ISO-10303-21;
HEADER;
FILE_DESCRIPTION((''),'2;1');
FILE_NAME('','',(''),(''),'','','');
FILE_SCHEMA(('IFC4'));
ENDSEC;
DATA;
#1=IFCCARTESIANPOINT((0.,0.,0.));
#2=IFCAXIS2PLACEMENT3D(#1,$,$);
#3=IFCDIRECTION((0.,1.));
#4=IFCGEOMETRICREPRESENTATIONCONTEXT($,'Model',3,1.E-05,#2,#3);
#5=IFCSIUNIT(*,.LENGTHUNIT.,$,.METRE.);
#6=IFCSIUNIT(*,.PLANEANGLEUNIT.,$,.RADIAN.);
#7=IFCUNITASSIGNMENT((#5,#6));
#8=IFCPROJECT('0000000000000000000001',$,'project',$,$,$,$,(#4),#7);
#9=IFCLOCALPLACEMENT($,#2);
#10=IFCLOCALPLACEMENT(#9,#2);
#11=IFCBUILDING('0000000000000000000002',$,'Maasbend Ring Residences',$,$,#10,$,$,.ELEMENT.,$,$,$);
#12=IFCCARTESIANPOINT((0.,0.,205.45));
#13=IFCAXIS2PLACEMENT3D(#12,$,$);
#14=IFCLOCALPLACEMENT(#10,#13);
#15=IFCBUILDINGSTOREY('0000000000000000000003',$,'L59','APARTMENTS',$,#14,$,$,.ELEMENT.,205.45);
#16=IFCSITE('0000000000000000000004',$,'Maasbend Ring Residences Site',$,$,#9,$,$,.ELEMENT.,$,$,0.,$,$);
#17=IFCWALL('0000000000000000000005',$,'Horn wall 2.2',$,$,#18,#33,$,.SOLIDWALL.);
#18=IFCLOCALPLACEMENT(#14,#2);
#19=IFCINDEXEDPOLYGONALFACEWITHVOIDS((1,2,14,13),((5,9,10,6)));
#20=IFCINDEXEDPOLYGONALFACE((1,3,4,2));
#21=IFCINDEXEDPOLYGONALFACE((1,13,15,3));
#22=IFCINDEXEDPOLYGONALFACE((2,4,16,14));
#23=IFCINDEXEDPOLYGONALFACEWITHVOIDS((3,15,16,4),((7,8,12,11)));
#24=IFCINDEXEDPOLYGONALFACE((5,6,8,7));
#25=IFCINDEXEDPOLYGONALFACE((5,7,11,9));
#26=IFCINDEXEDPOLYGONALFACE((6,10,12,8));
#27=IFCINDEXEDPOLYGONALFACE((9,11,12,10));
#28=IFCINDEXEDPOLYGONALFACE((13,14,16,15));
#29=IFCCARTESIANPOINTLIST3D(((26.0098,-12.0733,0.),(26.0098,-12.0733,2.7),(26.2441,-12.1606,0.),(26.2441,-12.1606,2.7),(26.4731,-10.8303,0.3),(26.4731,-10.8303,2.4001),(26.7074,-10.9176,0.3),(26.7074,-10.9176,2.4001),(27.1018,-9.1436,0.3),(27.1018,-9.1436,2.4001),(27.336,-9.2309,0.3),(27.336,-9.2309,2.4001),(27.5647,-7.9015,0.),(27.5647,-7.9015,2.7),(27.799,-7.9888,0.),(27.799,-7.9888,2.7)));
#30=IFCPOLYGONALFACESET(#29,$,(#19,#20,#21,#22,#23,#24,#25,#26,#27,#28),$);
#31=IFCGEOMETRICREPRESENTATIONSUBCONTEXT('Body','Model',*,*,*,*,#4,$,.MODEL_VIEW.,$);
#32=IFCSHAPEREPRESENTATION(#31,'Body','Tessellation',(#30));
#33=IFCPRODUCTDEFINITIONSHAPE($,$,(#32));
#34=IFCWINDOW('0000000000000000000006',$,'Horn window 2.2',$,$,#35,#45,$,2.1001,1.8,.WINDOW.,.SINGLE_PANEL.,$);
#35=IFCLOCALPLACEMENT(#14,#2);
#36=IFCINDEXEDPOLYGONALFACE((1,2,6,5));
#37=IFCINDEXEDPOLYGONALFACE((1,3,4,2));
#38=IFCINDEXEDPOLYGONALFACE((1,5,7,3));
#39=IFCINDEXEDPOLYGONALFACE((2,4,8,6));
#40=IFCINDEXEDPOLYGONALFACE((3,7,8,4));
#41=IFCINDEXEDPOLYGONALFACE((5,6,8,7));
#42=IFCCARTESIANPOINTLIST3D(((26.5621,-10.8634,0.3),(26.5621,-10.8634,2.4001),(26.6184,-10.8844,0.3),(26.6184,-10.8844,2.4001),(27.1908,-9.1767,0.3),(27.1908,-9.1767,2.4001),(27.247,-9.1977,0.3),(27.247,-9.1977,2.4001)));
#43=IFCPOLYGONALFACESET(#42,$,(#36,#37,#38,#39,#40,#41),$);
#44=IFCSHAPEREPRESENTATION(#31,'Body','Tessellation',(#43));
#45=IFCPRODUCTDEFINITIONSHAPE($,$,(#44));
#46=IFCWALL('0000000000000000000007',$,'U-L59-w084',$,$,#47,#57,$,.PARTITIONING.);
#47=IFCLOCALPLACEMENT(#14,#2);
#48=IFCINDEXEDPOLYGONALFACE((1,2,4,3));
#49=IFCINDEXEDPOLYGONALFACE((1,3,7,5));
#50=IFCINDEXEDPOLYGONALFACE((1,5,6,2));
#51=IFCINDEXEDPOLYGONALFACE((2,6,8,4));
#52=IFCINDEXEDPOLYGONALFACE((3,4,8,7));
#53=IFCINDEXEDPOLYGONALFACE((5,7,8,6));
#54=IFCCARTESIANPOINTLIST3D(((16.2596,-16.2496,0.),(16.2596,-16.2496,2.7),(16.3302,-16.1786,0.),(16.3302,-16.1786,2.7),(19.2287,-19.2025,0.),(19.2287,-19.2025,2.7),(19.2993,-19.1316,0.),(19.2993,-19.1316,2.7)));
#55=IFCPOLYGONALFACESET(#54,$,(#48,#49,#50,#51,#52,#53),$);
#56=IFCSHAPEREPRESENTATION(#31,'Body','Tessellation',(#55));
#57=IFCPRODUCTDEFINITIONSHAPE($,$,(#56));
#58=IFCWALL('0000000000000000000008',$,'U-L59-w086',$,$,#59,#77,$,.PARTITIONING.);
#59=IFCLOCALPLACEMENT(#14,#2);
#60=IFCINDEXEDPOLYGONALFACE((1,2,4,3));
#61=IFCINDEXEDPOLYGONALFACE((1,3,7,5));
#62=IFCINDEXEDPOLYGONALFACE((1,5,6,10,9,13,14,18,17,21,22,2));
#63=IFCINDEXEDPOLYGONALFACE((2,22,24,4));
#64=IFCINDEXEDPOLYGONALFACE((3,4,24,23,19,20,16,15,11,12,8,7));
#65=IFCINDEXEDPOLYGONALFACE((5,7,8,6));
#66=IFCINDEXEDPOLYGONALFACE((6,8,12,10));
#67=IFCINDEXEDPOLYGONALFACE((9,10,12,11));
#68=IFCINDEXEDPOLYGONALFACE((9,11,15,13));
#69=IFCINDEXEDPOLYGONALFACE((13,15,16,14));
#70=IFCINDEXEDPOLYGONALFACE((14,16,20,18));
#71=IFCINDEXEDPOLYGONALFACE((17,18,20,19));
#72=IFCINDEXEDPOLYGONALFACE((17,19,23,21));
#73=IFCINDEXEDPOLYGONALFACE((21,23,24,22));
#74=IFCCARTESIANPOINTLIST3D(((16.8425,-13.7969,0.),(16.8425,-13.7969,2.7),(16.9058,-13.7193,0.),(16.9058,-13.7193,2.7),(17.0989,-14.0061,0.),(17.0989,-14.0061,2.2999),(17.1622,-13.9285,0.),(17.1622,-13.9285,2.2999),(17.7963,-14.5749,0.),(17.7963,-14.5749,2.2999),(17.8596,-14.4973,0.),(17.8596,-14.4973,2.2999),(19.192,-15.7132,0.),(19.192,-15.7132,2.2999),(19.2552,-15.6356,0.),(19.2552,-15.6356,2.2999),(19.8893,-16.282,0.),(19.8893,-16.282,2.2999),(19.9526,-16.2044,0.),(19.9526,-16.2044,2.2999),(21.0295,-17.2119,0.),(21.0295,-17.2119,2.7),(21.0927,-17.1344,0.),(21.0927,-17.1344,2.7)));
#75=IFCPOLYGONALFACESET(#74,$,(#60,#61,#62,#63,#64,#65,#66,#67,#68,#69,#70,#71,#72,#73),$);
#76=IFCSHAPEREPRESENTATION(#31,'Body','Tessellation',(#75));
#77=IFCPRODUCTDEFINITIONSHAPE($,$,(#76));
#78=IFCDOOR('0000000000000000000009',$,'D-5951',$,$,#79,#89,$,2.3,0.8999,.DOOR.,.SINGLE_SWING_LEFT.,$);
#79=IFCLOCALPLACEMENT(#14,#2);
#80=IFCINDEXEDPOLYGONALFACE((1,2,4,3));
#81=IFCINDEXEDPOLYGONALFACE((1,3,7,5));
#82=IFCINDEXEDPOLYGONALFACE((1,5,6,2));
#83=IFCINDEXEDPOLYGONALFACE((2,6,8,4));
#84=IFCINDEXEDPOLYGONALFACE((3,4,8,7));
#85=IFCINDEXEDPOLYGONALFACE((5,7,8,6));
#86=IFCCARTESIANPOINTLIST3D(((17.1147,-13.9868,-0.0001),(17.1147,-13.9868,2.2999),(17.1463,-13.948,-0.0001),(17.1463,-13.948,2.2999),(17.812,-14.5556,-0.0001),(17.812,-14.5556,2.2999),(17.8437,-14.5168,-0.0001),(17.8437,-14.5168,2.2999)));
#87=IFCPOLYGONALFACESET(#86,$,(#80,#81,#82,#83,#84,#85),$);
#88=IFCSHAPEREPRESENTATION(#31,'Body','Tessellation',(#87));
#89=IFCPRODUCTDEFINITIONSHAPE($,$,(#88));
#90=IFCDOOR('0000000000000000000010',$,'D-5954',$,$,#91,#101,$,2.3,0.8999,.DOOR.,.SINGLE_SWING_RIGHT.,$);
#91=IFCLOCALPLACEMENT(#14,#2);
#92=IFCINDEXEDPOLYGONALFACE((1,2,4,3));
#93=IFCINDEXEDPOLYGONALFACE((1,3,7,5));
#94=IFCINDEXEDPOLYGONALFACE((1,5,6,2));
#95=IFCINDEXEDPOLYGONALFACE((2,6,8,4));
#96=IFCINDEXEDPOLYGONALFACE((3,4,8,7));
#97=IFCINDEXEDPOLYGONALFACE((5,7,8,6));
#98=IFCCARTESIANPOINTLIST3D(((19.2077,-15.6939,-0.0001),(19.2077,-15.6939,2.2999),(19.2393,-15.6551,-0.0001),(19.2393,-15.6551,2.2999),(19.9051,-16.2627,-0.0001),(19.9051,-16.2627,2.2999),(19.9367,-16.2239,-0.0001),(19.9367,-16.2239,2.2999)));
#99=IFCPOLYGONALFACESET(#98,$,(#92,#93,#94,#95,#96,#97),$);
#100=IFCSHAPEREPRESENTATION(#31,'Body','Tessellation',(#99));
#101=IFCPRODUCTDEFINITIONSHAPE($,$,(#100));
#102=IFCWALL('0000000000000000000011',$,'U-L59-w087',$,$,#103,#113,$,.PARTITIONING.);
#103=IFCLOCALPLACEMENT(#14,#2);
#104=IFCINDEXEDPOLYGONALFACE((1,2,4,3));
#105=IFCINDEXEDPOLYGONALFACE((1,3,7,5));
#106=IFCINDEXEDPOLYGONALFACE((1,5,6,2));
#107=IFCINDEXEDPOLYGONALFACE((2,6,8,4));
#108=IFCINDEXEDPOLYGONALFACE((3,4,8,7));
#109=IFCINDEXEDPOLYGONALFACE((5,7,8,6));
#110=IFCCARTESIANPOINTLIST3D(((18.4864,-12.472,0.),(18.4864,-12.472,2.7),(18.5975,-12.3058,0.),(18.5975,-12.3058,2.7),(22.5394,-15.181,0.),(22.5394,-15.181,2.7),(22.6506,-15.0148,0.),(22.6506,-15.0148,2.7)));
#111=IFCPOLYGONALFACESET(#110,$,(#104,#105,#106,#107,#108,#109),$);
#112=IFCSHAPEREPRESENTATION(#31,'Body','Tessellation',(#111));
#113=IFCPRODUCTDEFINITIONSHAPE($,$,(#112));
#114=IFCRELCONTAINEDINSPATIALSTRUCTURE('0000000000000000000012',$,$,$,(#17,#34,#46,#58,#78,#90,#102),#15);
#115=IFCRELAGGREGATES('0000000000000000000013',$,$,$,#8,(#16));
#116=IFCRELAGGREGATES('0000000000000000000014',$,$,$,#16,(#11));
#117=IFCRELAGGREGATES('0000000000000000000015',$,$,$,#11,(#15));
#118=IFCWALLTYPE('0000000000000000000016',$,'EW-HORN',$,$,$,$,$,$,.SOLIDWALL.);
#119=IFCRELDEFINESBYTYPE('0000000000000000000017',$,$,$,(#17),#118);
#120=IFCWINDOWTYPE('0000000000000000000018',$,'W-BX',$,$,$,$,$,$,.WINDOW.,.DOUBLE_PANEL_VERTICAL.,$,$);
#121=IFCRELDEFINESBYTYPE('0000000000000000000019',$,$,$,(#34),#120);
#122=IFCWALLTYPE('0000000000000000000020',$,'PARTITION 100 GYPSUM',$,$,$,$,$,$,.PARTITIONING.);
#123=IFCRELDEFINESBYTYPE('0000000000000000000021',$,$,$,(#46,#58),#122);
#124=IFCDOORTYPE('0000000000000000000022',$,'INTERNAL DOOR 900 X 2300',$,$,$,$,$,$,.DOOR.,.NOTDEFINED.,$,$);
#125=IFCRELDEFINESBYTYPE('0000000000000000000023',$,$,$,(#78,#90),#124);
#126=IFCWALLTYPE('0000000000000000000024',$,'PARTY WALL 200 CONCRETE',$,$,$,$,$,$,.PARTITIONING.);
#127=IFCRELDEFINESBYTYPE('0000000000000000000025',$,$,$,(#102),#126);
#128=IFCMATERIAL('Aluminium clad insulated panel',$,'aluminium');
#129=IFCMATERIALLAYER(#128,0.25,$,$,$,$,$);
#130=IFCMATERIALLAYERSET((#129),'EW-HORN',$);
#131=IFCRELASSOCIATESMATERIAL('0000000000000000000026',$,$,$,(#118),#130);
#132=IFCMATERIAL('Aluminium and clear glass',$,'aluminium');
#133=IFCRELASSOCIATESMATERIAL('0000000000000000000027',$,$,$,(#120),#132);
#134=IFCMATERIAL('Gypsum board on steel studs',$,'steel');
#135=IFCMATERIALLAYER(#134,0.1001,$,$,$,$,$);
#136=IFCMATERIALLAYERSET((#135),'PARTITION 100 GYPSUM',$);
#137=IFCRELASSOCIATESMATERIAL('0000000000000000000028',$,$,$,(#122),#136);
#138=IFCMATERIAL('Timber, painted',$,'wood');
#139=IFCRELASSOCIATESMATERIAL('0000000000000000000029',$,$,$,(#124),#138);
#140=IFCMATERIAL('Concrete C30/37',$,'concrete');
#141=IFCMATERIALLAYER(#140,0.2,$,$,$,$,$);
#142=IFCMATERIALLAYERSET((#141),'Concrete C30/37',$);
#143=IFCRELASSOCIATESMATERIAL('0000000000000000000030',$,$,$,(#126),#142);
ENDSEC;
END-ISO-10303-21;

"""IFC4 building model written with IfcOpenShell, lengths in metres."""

from ifc_helpers import new_model, si_unit, direction, frame, frame_2d, origin, place, context, subcontext, project, spatial, rectangle, extrude, material, layer, layer_set, type_object, element, fill, save


model = new_model("IFC4")

# Units and contexts
model_context = context("Model", 3, precision=1e-05, world=origin(), true_north=direction((0.0, 1.0)))
body_context = subcontext(model_context, "Body", "Model", "MODEL_VIEW")
ifc_project = project(units=[si_unit("LENGTHUNIT", "METRE"), si_unit("PLANEANGLEUNIT", "RADIAN")], contexts=[model_context])

# Site, building, storey
site_placement = place(None, origin())
site = spatial("IfcSite", under=ifc_project, at=site_placement, Name="Maasbend Ring Residences Site", CompositionType="ELEMENT", RefElevation=0.0)
building_placement = place(site_placement, origin())
building = spatial("IfcBuilding", under=site, at=building_placement, Name="Maasbend Ring Residences", CompositionType="ELEMENT")
storey_placement = place(building_placement, frame((0.0, 0.0, 205.45)))
storey = spatial("IfcBuildingStorey", under=building, at=storey_placement, Name="L59", Description="APARTMENTS", CompositionType="ELEMENT", Elevation=205.45)

# Wall, opening, window
ifc_material_1 = material(Name="Aluminium clad insulated panel", Category="aluminium")
ifc_layer_1 = layer(ifc_material_1, 0.25)
ifc_layer_set_1 = layer_set([ifc_layer_1], Name="EW-HORN")
wall_type_1 = type_object("IfcWallType", Name="EW-HORN", PredefinedType="SOLIDWALL", material=ifc_layer_set_1)
ifc_material_2 = material(Name="Aluminium and clear glass", Category="aluminium")
window_type = type_object("IfcWindowType", Name="W-BX", PartitioningType="DOUBLE_PANEL_VERTICAL", PredefinedType="WINDOW", material=ifc_material_2)
wall_1_placement = place(storey_placement, frame((26.127, -12.1169, 0.0), z_axis=(0.0, 0.0, 1.0), x_axis=(0.349248, 0.93703, 0.0)))
wall_1 = element("IfcWall", 1, at=wall_1_placement, inside=storey, type_object=wall_type_1, Name="Horn wall 2.2", PredefinedType="SOLIDWALL", context=body_context, shape_type="SweptSolid", body=[
    extrude(rectangle(XDim=4.4521, YDim=0.25, at=frame_2d((2.2261, 0.0))), origin(), (0.0, 0.0, 1.0), 2.7),
])
opening_1_placement = place(wall_1_placement, frame((1.3267, 0.0, 0.3)))
opening_1 = element("IfcOpeningElement", 2, at=opening_1_placement, cuts=wall_1, PredefinedType="OPENING", context=body_context, shape_type="SweptSolid", body=[
    extrude(rectangle(XDim=1.8, YDim=2.1001, at=frame_2d((0.8999, 1.05))), frame((0.0, 0.135, 0.0), z_axis=(0.0, -1.0, 0.0), x_axis=(1.0, 0.0, 0.0)), (0.0, 0.0, 1.0), 0.27),
])
window_1_placement = place(opening_1_placement, origin())
window_1 = element("IfcWindow", 3, at=window_1_placement, inside=storey, type_object=window_type, Name="Horn window 2.2", OverallHeight=2.1001, OverallWidth=1.8, PartitioningType="SINGLE_PANEL", PredefinedType="WINDOW", context=body_context, shape_type="SweptSolid", body=[
    extrude(rectangle(XDim=1.8, YDim=2.1001, at=frame_2d((0.8999, 1.05))), frame((0.0, 0.03, 0.0), z_axis=(0.0, -1.0, 0.0), x_axis=(1.0, 0.0, 0.0)), (0.0, 0.0, 1.0), 0.0601),
])
fill(opening_1, window_1)

# Wall
ifc_material_3 = material(Name="Gypsum board on steel studs", Category="steel")
ifc_layer_2 = layer(ifc_material_3, 0.1001)
ifc_layer_set_2 = layer_set([ifc_layer_2], Name="PARTITION 100 GYPSUM")
wall_type_2 = type_object("IfcWallType", Name="PARTITION 100 GYPSUM", PredefinedType="PARTITIONING", material=ifc_layer_set_2)
wall_2_placement = place(storey_placement, frame((16.2949, -16.2141, 0.0), z_axis=(0.0, 0.0, 1.0), x_axis=(0.709028, -0.70518, 0.0)))
element("IfcWall", 4, at=wall_2_placement, inside=storey, type_object=wall_type_2, Name="U-L59-w084", PredefinedType="PARTITIONING", context=body_context, shape_type="SweptSolid", body=[
    extrude(rectangle(XDim=4.1875, YDim=0.1001, at=frame_2d((2.0938, 0.0))), origin(), (0.0, 0.0, 1.0), 2.7),
])

# Wall, openings, doors
wall_3_placement = place(storey_placement, frame((16.874, -13.7581, 0.0), z_axis=(0.0, 0.0, 1.0), x_axis=(0.774927, -0.632051, 0.0)))
wall_3 = element("IfcWall", 5, at=wall_3_placement, inside=storey, type_object=wall_type_2, Name="U-L59-w086", PredefinedType="PARTITIONING", context=body_context, shape_type="SweptSolid", body=[
    extrude(rectangle(XDim=5.4031, YDim=0.1001, at=frame_2d((2.7017, 0.0))), origin(), (0.0, 0.0, 1.0), 2.7),
])
opening_2_placement = place(wall_3_placement, frame((0.3311, 0.0, 0.0)))
opening_2 = element("IfcOpeningElement", 6, at=opening_2_placement, cuts=wall_3, PredefinedType="OPENING", context=body_context, shape_type="SweptSolid", body=[
    extrude(rectangle(XDim=0.8999, YDim=2.3, at=frame_2d((0.45, 1.1499))), frame((0.0, 0.0601, 0.0), z_axis=(0.0, -1.0, 0.0), x_axis=(1.0, 0.0, 0.0)), (0.0, 0.0, 1.0), 0.1201),
])
opening_3_placement = place(wall_3_placement, frame((3.032, 0.0, 0.0)))
opening_3 = element("IfcOpeningElement", 7, at=opening_3_placement, cuts=wall_3, PredefinedType="OPENING", context=body_context, shape_type="SweptSolid", body=[
    extrude(rectangle(XDim=0.8999, YDim=2.3, at=frame_2d((0.45, 1.1499))), frame((0.0, 0.0601, 0.0), z_axis=(0.0, -1.0, 0.0), x_axis=(1.0, 0.0, 0.0)), (0.0, 0.0, 1.0), 0.1201),
])
ifc_material_4 = material(Name="Timber, painted", Category="wood")
door_type_1 = type_object("IfcDoorType", Name="INTERNAL DOOR 900 X 2300", OperationType="NOTDEFINED", PredefinedType="DOOR", material=ifc_material_4)
door_1_placement = place(opening_2_placement, origin())
door_1 = element("IfcDoor", 8, at=door_1_placement, inside=storey, type_object=door_type_1, Name="D-5951", OperationType="SINGLE_SWING_LEFT", OverallHeight=2.3, OverallWidth=0.8999, PredefinedType="DOOR", context=body_context, shape_type="SweptSolid", body=[
    extrude(rectangle(XDim=0.8999, YDim=2.3, at=frame_2d((0.45, 1.1499))), frame((0.0, 0.0249, 0.0), z_axis=(0.0, -1.0, 0.0), x_axis=(1.0, 0.0, 0.0)), (0.0, 0.0, 1.0), 0.05),
])
fill(opening_2, door_1)
door_2_placement = place(opening_3_placement, origin())
door_2 = element("IfcDoor", 9, at=door_2_placement, inside=storey, type_object=door_type_1, Name="D-5954", OperationType="SINGLE_SWING_RIGHT", OverallHeight=2.3, OverallWidth=0.8999, PredefinedType="DOOR", context=body_context, shape_type="SweptSolid", body=[
    extrude(rectangle(XDim=0.8999, YDim=2.3, at=frame_2d((0.45, 1.1499))), frame((0.0, 0.0249, 0.0), z_axis=(0.0, -1.0, 0.0), x_axis=(1.0, 0.0, 0.0)), (0.0, 0.0, 1.0), 0.05),
])
fill(opening_3, door_2)

# Wall
ifc_material_5 = material(Name="Concrete C30/37", Category="concrete")
ifc_layer_3 = layer(ifc_material_5, 0.2)
ifc_layer_set_3 = layer_set([ifc_layer_3], Name="Concrete C30/37")
wall_type_3 = type_object("IfcWallType", Name="PARTY WALL 200 CONCRETE", PredefinedType="PARTITIONING", material=ifc_layer_set_3)
wall_4_placement = place(storey_placement, frame((18.542, -12.3889, 0.0), z_axis=(0.0, 0.0, 1.0), x_axis=(0.831387, -0.555694, 0.0)))
element("IfcWall", 10, at=wall_4_placement, inside=storey, type_object=wall_type_3, Name="U-L59-w087", PredefinedType="PARTITIONING", context=body_context, shape_type="SweptSolid", body=[
    extrude(rectangle(XDim=4.875, YDim=0.2, at=frame_2d((2.4375, 0.0))), origin(), (0.0, 0.0, 1.0), 2.7),
])

save(model, "model.ifc")
